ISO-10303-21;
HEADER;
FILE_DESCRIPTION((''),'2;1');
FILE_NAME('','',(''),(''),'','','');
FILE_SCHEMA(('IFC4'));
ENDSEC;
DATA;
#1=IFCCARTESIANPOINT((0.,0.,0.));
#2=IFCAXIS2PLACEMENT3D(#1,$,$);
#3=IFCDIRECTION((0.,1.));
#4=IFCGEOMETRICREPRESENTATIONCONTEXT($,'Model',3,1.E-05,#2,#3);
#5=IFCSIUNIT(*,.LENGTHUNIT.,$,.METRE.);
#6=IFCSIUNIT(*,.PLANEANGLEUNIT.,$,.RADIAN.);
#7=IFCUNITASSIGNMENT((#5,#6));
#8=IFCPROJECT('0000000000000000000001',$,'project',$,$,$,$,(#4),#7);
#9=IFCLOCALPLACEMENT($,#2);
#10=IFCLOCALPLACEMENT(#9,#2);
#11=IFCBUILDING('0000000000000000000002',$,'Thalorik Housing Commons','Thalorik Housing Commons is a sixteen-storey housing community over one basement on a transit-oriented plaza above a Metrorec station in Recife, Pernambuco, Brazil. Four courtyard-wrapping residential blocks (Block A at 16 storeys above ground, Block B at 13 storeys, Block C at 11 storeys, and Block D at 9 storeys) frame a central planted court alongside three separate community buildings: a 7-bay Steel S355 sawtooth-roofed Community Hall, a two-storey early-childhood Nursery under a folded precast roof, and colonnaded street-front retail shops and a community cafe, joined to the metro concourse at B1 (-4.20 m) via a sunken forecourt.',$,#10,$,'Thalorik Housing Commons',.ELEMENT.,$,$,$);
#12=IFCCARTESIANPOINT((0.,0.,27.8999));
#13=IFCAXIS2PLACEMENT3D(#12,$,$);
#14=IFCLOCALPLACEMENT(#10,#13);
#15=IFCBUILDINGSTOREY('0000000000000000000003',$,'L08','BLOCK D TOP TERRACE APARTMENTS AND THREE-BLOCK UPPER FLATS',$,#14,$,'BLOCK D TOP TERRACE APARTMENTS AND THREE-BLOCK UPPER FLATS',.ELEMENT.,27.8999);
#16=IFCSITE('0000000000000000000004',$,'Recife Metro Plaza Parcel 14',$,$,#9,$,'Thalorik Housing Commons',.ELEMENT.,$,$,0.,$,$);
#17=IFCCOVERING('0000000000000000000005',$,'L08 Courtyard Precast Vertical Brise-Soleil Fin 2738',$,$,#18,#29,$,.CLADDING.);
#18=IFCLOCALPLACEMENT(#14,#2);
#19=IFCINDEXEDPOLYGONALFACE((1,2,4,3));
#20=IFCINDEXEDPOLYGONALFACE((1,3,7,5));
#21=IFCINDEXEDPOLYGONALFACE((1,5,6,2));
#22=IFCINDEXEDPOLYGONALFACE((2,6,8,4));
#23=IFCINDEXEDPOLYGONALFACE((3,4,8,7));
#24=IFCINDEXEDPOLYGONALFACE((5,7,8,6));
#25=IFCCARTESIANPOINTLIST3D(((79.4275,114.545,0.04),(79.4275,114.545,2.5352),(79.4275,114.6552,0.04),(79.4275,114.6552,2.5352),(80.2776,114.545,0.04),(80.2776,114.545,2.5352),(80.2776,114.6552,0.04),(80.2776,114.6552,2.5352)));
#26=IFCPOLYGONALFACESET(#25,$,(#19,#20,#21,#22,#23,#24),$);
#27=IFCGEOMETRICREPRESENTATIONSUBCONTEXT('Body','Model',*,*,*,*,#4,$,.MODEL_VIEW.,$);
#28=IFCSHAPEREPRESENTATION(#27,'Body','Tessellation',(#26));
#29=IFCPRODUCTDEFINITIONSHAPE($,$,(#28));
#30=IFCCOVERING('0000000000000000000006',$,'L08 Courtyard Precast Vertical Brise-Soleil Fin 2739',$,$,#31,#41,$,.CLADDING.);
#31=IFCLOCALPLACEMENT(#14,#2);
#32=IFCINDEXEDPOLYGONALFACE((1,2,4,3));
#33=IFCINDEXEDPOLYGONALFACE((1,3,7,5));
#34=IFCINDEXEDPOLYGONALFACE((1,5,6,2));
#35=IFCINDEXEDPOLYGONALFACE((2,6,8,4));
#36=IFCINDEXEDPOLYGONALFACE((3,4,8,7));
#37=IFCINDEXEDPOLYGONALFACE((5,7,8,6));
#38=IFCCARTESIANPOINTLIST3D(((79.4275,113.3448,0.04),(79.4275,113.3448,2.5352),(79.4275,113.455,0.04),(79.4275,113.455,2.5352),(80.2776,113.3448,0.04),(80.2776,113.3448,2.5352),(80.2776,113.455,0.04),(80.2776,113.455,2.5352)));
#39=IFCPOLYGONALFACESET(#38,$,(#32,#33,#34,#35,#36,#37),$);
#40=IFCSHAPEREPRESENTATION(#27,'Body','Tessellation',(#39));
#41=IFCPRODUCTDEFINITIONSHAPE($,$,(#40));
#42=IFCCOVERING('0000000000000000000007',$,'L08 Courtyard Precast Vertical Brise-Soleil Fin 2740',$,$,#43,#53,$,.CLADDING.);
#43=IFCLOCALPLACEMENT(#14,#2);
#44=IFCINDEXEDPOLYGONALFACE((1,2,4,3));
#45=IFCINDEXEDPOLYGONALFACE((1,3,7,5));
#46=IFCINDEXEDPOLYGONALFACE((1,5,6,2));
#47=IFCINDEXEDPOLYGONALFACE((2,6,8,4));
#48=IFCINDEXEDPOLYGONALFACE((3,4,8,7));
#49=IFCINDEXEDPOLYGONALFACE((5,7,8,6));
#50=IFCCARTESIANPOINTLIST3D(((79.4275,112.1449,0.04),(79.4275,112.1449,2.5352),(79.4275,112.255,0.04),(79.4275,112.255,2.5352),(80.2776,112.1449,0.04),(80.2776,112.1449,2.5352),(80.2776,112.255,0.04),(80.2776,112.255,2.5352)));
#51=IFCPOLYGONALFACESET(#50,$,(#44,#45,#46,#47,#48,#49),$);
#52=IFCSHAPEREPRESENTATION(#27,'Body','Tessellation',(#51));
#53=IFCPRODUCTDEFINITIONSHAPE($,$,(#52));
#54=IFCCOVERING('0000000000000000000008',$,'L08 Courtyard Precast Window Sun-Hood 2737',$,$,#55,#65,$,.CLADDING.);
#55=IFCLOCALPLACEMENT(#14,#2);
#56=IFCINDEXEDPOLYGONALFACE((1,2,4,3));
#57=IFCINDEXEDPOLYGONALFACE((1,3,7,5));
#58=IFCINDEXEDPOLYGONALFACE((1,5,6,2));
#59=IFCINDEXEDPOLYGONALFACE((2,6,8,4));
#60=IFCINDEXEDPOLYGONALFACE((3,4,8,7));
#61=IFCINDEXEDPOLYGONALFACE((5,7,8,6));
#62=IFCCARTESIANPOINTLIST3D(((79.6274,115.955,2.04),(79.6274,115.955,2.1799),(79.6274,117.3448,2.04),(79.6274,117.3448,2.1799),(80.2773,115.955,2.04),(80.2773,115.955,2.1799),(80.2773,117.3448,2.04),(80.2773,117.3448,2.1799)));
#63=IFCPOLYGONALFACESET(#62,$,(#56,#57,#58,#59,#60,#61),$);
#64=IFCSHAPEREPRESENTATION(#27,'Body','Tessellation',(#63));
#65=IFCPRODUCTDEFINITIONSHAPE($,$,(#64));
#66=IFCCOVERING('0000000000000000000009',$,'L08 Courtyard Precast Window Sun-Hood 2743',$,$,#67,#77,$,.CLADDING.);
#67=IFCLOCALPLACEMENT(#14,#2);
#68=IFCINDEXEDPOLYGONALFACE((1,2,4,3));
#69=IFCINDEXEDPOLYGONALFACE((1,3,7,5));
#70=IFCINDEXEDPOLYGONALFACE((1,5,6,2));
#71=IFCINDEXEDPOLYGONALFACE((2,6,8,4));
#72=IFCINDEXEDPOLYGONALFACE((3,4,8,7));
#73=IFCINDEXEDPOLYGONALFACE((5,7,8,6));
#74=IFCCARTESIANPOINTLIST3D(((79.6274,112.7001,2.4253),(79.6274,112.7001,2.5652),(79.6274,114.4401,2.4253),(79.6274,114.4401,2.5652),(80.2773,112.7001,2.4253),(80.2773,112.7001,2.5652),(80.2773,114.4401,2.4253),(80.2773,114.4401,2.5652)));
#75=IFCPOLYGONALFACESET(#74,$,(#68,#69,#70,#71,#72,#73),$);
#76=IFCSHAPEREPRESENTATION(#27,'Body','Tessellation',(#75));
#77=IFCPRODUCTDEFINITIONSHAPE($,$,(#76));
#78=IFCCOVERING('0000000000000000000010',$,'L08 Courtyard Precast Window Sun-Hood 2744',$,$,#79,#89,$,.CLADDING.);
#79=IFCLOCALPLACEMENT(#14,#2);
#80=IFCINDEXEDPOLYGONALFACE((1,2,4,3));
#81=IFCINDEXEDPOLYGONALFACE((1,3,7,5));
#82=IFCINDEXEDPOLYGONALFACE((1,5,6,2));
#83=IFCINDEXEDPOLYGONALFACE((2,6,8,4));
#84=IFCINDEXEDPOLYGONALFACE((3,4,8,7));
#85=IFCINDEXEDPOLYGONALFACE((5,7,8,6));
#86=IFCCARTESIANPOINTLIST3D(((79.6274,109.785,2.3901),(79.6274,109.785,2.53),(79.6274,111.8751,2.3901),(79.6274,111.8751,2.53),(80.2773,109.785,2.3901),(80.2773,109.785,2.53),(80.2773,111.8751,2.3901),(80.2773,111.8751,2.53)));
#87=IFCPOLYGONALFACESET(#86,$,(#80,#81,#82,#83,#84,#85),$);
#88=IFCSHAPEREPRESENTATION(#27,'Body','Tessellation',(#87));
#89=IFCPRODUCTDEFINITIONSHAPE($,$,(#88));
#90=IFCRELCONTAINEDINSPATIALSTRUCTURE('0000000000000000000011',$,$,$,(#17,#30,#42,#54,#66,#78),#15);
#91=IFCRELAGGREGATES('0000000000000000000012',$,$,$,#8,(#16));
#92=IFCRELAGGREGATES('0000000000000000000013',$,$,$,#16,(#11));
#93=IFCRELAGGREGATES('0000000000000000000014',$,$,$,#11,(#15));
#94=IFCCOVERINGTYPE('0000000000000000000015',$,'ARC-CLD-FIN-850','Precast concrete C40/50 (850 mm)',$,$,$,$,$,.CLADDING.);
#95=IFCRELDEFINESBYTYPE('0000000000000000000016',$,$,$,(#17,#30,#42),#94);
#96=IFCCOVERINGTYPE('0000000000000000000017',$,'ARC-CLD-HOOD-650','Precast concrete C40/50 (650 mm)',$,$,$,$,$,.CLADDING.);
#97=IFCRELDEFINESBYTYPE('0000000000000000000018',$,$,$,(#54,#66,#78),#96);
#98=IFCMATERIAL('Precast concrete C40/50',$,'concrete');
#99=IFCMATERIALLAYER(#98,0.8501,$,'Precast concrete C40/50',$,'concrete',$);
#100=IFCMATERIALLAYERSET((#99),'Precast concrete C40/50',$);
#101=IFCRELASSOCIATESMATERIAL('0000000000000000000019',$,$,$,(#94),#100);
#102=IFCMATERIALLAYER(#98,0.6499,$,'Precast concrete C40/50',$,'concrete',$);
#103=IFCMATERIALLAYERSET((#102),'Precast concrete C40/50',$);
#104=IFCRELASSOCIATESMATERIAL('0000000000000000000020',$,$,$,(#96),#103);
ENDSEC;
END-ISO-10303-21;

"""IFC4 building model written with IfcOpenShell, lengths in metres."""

from ifc_helpers import new_model, si_unit, direction, frame, origin, origin_2d, place, context, subcontext, project, spatial, rectangle, extrude, material, layer, layer_set, type_object, element, save


model = new_model("IFC4")

# Units and contexts
model_context = context("Model", 3, precision=1e-05, world=origin(), true_north=direction((0.0, 1.0)))
body_context = subcontext(model_context, "Body", "Model", "MODEL_VIEW")
ifc_project = project(units=[si_unit("LENGTHUNIT", "METRE"), si_unit("PLANEANGLEUNIT", "RADIAN")], contexts=[model_context])

# Site, building, storey
site_placement = place(None, origin())
site = spatial("IfcSite", under=ifc_project, at=site_placement, Name="Recife Metro Plaza Parcel 14", LongName="Thalorik Housing Commons", CompositionType="ELEMENT", RefElevation=0.0)
building_placement = place(site_placement, origin())
building = spatial("IfcBuilding", under=site, at=building_placement, Name="Thalorik Housing Commons", Description="Thalorik Housing Commons is a sixteen-storey housing community over one basement on a transit-oriented plaza above a Metrorec station in Recife, Pernambuco, Brazil. Four courtyard-wrapping residential blocks (Block A at 16 storeys above ground, Block B at 13 storeys, Block C at 11 storeys, and Block D at 9 storeys) frame a central planted court alongside three separate community buildings: a 7-bay Steel S355 sawtooth-roofed Community Hall, a two-storey early-childhood Nursery under a folded precast roof, and colonnaded street-front retail shops and a community cafe, joined to the metro concourse at B1 (-4.20 m) via a sunken forecourt.", LongName="Thalorik Housing Commons", CompositionType="ELEMENT")
storey_placement = place(building_placement, frame((0.0, 0.0, 27.8999)))
storey = spatial("IfcBuildingStorey", under=building, at=storey_placement, Name="L08", Description="BLOCK D TOP TERRACE APARTMENTS AND THREE-BLOCK UPPER FLATS", LongName="BLOCK D TOP TERRACE APARTMENTS AND THREE-BLOCK UPPER FLATS", CompositionType="ELEMENT", Elevation=27.8999)

# Shared definitions
ifc_material_1 = material(Name="Precast concrete C40/50", Category="concrete")

# Coverings
ifc_layer_1 = layer(ifc_material_1, 0.8501, Name="Precast concrete C40/50", Category="concrete")
ifc_layer_set_1 = layer_set([ifc_layer_1], Name="Precast concrete C40/50")
covering_type_1 = type_object("IfcCoveringType", Name="ARC-CLD-FIN-850", Description="Precast concrete C40/50 (850 mm)", PredefinedType="CLADDING", material=ifc_layer_set_1)
for number, where, z_axis, x_axis, name in (
    (1, (79.8525, 114.6001, 0.04), (0.0, 0.0, 1.0), (0.0, -1.0, 0.0), "L08 Courtyard Precast Vertical Brise-Soleil Fin 2738"),
    (2, (79.8525, 113.3999, 0.04), (0.0, 0.0, 1.0), (0.0, -1.0, 0.0), "L08 Courtyard Precast Vertical Brise-Soleil Fin 2739"),
    (3, (79.8525, 112.2, 0.04), (0.0, 0.0, 1.0), (0.0, -1.0, 0.0), "L08 Courtyard Precast Vertical Brise-Soleil Fin 2740"),
):
    element("IfcCovering", number, at=place(storey_placement, frame(where, z_axis=z_axis, x_axis=x_axis)), inside=storey, type_object=covering_type_1, Name=name, PredefinedType="CLADDING", context=body_context, shape_type="SweptSolid", body=[
        extrude(rectangle(XDim=0.1101, YDim=0.8501, at=origin_2d()), origin(), (0.0, 0.0, 1.0), 2.4951),
    ])
ifc_layer_2 = layer(ifc_material_1, 0.6499, Name="Precast concrete C40/50", Category="concrete")
ifc_layer_set_2 = layer_set([ifc_layer_2], Name="Precast concrete C40/50")
covering_type_2 = type_object("IfcCoveringType", Name="ARC-CLD-HOOD-650", Description="Precast concrete C40/50 (650 mm)", PredefinedType="CLADDING", material=ifc_layer_set_2)
covering_1_placement = place(storey_placement, frame((79.9524, 116.6499, 2.04), z_axis=(0.0, 0.0, 1.0), x_axis=(0.0, -1.0, 0.0)))
element("IfcCovering", 4, at=covering_1_placement, inside=storey, type_object=covering_type_2, Name="L08 Courtyard Precast Window Sun-Hood 2737", PredefinedType="CLADDING", context=body_context, shape_type="SweptSolid", body=[
    extrude(rectangle(XDim=1.3899, YDim=0.6499, at=origin_2d()), origin(), (0.0, 0.0, 1.0), 0.1399),
])
covering_2_placement = place(storey_placement, frame((79.9524, 113.5701, 2.4253), z_axis=(0.0, 0.0, 1.0), x_axis=(0.0, -1.0, 0.0)))
element("IfcCovering", 5, at=covering_2_placement, inside=storey, type_object=covering_type_2, Name="L08 Courtyard Precast Window Sun-Hood 2743", PredefinedType="CLADDING", context=body_context, shape_type="SweptSolid", body=[
    extrude(rectangle(XDim=1.74, YDim=0.6499, at=origin_2d()), origin(), (0.0, 0.0, 1.0), 0.1399),
])
covering_3_placement = place(storey_placement, frame((79.9524, 110.8301, 2.3901), z_axis=(0.0, 0.0, 1.0), x_axis=(0.0, -1.0, 0.0)))
element("IfcCovering", 6, at=covering_3_placement, inside=storey, type_object=covering_type_2, Name="L08 Courtyard Precast Window Sun-Hood 2744", PredefinedType="CLADDING", context=body_context, shape_type="SweptSolid", body=[
    extrude(rectangle(XDim=2.0901, YDim=0.6499, at=origin_2d()), origin(), (0.0, 0.0, 1.0), 0.1399),
])

save(model, "model.ifc")
